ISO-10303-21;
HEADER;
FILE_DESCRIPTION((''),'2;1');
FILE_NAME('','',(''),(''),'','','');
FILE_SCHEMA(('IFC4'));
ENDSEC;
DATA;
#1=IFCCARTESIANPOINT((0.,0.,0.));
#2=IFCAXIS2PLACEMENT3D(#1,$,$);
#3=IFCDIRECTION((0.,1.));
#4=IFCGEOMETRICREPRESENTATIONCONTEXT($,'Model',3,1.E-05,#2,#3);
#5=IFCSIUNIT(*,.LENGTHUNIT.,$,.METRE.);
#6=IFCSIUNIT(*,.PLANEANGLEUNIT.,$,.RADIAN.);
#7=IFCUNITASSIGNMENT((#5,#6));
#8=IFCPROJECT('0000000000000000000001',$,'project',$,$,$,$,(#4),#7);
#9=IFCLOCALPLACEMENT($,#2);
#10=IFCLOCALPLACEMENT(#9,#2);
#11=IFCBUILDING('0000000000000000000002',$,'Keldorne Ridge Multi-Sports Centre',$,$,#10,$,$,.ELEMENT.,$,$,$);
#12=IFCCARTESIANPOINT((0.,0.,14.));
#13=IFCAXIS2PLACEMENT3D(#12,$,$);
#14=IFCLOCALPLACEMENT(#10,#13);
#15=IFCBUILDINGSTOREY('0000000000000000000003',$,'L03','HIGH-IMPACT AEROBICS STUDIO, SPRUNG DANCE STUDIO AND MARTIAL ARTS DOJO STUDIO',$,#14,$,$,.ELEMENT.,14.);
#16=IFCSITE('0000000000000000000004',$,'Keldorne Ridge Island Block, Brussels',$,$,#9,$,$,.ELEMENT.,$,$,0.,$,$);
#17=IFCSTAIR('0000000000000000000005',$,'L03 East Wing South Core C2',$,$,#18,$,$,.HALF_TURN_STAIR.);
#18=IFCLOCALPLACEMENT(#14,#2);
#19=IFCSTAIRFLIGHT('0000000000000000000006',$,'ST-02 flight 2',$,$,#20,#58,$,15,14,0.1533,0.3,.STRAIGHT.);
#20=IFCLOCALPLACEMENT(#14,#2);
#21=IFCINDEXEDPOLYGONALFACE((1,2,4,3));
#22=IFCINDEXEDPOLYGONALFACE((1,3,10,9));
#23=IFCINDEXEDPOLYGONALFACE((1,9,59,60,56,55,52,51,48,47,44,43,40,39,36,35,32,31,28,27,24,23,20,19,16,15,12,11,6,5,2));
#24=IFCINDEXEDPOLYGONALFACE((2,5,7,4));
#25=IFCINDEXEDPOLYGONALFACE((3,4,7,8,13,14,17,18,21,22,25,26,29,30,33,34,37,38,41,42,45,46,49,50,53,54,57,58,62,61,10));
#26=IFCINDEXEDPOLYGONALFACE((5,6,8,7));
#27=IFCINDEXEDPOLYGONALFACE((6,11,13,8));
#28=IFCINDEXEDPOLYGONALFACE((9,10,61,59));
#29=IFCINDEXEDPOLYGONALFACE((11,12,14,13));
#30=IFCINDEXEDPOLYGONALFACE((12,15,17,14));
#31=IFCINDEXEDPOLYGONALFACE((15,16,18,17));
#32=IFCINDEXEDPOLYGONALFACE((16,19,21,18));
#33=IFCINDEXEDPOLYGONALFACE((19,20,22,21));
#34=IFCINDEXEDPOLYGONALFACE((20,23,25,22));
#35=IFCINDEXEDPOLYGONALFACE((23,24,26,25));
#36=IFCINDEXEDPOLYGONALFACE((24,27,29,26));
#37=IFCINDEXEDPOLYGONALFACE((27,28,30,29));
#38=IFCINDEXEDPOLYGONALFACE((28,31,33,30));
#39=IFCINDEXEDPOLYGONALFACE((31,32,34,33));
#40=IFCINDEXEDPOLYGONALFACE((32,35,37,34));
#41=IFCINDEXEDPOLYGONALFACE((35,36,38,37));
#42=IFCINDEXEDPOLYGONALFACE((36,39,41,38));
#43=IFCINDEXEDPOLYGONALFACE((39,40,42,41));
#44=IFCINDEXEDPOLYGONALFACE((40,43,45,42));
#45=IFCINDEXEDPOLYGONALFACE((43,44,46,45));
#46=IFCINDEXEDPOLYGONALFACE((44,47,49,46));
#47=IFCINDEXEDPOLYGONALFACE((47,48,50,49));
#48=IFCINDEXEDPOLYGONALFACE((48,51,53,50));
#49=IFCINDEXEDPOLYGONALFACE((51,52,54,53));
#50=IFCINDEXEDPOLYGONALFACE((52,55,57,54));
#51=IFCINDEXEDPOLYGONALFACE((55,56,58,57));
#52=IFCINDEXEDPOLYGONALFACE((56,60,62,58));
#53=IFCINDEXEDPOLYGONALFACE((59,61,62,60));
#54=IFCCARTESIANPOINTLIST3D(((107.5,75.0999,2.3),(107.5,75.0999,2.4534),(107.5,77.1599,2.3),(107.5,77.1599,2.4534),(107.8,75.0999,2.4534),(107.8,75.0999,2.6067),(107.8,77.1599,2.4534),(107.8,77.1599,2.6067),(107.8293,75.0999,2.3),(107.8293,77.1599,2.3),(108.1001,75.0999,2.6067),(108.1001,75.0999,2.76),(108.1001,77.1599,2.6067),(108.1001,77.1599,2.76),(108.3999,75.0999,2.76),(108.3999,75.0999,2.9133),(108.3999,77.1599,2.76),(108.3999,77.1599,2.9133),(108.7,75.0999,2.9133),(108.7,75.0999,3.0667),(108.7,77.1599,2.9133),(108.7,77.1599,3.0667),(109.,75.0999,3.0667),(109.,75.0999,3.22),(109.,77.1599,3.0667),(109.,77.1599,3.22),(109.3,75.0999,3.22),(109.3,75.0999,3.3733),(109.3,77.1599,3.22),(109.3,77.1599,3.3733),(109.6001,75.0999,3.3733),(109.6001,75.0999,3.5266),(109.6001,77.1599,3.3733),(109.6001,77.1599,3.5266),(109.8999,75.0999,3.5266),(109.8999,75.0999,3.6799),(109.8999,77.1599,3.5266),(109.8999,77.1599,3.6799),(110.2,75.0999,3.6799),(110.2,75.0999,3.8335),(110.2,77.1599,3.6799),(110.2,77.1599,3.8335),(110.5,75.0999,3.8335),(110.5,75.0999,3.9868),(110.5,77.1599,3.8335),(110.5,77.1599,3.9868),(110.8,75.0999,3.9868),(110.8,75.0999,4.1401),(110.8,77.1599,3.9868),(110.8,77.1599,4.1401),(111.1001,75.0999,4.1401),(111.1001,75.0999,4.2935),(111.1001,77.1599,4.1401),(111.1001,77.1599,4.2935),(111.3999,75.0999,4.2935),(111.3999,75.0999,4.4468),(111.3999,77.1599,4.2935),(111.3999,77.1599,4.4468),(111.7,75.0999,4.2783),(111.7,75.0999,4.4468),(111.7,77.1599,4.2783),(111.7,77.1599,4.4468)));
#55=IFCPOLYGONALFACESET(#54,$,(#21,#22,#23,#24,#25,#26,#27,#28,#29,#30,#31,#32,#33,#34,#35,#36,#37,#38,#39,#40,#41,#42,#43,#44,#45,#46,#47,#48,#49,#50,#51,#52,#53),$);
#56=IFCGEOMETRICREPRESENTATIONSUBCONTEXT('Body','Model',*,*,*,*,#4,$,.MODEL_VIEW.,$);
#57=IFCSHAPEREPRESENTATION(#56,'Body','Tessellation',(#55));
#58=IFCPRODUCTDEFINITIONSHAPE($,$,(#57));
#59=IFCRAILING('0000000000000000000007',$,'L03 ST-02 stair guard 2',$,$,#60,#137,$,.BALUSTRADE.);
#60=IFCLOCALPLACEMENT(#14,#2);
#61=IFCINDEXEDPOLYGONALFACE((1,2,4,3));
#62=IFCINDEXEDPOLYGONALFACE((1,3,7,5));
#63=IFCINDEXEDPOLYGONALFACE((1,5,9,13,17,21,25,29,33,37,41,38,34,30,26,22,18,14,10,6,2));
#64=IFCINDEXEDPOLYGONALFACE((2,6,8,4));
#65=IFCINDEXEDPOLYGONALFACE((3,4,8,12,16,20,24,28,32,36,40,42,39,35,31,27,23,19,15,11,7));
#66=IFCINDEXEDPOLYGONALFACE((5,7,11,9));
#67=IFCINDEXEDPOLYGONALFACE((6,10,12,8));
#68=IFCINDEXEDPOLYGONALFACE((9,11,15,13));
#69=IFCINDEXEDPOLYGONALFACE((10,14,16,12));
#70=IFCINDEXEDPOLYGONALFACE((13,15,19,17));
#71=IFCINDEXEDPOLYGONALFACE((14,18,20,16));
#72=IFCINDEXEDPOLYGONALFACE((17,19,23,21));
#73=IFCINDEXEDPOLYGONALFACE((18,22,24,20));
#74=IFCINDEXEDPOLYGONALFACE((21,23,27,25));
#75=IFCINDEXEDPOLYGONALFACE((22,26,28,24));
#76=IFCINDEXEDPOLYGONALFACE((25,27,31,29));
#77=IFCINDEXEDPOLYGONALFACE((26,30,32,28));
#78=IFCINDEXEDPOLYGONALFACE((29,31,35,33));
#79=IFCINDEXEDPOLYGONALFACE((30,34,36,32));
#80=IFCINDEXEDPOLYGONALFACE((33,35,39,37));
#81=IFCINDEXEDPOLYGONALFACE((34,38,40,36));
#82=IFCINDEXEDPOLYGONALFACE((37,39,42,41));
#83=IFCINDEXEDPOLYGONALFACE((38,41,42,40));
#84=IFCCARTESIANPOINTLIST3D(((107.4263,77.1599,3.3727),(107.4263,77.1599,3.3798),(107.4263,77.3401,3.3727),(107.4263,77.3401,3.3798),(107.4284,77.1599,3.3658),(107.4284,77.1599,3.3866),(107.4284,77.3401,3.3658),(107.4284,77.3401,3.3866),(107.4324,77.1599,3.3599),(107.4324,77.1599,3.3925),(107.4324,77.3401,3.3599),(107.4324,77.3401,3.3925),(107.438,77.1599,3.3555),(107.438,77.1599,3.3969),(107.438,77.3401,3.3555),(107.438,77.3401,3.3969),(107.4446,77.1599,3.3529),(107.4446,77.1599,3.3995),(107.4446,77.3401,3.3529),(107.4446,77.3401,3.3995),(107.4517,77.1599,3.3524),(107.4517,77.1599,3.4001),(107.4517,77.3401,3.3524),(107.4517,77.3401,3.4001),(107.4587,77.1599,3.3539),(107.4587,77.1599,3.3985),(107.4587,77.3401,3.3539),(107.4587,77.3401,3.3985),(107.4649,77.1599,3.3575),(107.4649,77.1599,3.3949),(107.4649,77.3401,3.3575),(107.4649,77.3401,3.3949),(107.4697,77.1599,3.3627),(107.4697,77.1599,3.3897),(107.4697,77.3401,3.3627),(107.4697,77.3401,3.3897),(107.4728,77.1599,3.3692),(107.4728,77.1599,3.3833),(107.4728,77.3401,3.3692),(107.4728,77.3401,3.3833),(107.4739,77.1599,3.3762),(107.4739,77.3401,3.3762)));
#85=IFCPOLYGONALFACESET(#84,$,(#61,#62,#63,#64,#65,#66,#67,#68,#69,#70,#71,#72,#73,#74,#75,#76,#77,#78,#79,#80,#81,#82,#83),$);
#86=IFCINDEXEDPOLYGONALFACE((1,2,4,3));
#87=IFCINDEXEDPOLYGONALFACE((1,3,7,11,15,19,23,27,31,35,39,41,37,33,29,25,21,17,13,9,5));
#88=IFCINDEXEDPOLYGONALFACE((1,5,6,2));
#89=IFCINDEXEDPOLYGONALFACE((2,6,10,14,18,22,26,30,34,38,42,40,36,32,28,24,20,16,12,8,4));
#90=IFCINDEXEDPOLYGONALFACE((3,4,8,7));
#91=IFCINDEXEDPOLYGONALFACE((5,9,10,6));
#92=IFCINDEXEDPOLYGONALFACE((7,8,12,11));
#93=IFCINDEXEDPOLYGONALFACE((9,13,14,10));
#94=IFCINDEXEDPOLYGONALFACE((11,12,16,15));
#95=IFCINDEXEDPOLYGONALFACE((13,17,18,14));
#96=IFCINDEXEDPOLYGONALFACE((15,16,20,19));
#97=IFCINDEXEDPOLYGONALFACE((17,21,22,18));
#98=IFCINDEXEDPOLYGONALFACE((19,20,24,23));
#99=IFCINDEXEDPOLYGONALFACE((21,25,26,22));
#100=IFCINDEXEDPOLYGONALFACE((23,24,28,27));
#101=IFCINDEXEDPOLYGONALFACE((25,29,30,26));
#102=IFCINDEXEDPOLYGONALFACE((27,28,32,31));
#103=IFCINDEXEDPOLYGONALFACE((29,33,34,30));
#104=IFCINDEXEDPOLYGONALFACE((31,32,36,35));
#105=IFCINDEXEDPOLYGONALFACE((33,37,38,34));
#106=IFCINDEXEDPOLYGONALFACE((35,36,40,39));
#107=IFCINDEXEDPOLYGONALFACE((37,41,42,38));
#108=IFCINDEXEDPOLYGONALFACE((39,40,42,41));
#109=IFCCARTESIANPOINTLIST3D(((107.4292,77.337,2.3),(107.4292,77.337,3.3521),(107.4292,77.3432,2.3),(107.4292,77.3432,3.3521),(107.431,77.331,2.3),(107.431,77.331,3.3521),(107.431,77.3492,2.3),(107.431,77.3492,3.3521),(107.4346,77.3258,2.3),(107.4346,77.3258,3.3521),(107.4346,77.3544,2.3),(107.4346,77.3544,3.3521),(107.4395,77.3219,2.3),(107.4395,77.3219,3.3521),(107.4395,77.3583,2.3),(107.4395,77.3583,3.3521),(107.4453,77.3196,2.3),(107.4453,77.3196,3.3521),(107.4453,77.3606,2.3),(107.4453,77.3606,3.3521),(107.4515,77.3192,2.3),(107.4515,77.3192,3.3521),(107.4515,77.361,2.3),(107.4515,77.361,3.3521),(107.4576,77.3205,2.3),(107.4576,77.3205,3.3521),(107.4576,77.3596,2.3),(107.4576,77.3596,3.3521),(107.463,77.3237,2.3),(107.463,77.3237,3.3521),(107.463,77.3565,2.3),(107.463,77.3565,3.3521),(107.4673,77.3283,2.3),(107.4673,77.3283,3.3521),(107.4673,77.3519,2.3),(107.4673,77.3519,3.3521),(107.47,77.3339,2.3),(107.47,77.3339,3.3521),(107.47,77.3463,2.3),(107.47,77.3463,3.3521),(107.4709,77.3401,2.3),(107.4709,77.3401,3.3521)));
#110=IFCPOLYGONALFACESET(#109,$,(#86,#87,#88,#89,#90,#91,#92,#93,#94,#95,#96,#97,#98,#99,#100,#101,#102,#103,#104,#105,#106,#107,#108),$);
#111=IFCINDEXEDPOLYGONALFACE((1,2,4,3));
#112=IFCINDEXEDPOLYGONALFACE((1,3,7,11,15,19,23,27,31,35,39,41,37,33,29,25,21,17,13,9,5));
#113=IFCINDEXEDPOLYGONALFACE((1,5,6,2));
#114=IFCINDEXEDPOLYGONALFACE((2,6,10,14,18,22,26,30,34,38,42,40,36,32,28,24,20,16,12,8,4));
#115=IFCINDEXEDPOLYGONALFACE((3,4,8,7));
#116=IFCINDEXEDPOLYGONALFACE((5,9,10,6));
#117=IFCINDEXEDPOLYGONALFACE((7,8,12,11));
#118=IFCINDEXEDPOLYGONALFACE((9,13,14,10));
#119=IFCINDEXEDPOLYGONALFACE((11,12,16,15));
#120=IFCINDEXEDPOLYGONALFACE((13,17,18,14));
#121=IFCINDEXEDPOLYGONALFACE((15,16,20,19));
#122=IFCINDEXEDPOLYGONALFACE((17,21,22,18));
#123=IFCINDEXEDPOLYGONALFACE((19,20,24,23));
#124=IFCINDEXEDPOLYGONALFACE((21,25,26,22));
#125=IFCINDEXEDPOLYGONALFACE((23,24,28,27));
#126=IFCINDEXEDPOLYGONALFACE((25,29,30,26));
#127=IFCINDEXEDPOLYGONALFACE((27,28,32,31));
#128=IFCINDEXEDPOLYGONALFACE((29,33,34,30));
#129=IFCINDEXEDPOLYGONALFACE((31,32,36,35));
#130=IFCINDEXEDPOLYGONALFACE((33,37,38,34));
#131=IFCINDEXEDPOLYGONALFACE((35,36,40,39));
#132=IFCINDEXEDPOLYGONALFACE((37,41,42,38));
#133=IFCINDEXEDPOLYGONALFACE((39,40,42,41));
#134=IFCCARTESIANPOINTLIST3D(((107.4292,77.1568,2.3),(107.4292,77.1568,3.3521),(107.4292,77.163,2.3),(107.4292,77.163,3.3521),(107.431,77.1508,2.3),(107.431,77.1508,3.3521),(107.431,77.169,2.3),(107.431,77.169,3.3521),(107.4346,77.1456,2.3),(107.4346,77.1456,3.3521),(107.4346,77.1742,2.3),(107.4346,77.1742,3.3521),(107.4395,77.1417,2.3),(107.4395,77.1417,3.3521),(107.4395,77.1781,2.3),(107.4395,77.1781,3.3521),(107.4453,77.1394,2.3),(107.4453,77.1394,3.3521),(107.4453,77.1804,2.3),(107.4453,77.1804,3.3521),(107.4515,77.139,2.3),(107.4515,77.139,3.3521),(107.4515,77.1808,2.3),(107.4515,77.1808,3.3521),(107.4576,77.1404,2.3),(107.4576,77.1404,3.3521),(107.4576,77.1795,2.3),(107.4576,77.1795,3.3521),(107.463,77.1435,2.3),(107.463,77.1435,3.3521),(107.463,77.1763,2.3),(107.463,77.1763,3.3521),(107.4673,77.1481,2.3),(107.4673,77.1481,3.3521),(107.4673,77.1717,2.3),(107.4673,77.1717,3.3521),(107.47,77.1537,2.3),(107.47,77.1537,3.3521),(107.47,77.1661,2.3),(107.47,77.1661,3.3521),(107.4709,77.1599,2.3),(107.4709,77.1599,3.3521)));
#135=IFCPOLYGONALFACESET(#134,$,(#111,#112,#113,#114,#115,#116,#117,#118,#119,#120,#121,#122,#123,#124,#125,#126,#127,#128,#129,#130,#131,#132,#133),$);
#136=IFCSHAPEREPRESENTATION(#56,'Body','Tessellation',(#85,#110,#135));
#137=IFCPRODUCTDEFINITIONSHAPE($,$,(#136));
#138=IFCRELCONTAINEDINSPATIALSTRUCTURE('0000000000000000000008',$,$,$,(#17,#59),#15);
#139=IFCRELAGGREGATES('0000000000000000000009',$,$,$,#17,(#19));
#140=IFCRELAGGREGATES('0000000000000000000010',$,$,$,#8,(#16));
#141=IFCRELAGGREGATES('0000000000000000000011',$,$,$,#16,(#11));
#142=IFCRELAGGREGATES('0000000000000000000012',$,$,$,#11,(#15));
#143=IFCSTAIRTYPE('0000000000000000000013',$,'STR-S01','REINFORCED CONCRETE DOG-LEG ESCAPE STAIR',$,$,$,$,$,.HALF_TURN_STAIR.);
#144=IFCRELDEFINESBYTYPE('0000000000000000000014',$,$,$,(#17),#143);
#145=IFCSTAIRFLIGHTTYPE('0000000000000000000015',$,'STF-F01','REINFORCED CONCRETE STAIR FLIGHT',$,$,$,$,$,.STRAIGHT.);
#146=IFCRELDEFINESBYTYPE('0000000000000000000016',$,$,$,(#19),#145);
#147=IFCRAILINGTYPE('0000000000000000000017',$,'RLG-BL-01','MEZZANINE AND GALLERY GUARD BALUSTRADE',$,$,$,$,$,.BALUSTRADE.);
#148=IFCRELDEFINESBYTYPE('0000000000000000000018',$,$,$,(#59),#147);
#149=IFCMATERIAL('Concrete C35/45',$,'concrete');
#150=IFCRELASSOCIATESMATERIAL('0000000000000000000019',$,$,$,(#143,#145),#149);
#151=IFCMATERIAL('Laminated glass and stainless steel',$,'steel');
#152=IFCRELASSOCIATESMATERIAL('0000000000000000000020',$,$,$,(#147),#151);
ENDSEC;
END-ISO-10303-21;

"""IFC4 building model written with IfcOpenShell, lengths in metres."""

from ifc_helpers import new_model, si_unit, direction, frame, origin, origin_2d, place, context, subcontext, project, spatial, polyline, circle, outline, extrude, material, type_object, element, aggregate, save


model = new_model("IFC4")

# Units and contexts
model_context = context("Model", 3, precision=1e-05, world=origin(), true_north=direction((0.0, 1.0)))
body_context = subcontext(model_context, "Body", "Model", "MODEL_VIEW")
ifc_project = project(units=[si_unit("LENGTHUNIT", "METRE"), si_unit("PLANEANGLEUNIT", "RADIAN")], contexts=[model_context])

# Site, building, storey
site_placement = place(None, origin())
site = spatial("IfcSite", under=ifc_project, at=site_placement, Name="Keldorne Ridge Island Block, Brussels", CompositionType="ELEMENT", RefElevation=0.0)
building_placement = place(site_placement, origin())
building = spatial("IfcBuilding", under=site, at=building_placement, Name="Keldorne Ridge Multi-Sports Centre", CompositionType="ELEMENT")
storey_placement = place(building_placement, frame((0.0, 0.0, 14.0)))
storey = spatial("IfcBuildingStorey", under=building, at=storey_placement, Name="L03", Description="HIGH-IMPACT AEROBICS STUDIO, SPRUNG DANCE STUDIO AND MARTIAL ARTS DOJO STUDIO", CompositionType="ELEMENT", Elevation=14.0)

# Stair, stair flight
ifc_material_1 = material(Name="Concrete C35/45", Category="concrete")
stair_type = type_object("IfcStairType", Name="STR-S01", Description="REINFORCED CONCRETE DOG-LEG ESCAPE STAIR", PredefinedType="HALF_TURN_STAIR", material=ifc_material_1)
stair_placement = place(storey_placement, origin())
stair = element("IfcStair", 1, at=stair_placement, inside=storey, type_object=stair_type, Name="L03 East Wing South Core C2", PredefinedType="HALF_TURN_STAIR")
stair_flight_type = type_object("IfcStairFlightType", Name="STF-F01", Description="REINFORCED CONCRETE STAIR FLIGHT", PredefinedType="STRAIGHT", material=ifc_material_1)
stair_flight_placement = place(storey_placement, frame((107.5, 76.1299, 2.3), z_axis=(0.0, 0.0, 1.0), x_axis=(1.0, 0.0, 0.0)))
stair_flight = element("IfcStairFlight", 2, at=stair_flight_placement, type_object=stair_flight_type, Name="ST-02 flight 2", NumberOfRisers=15, NumberOfTreads=14, PredefinedType="STRAIGHT", RiserHeight=0.1533, TreadLength=0.3, context=body_context, shape_type="SweptSolid", body=[
    extrude(outline(polyline([(0.0, 0.0), (0.0, 0.1533), (0.3, 0.1533), (0.3, 0.3066), (0.6001, 0.3066), (0.6001, 0.46), (0.8999, 0.46), (0.8999, 0.6133), (1.2, 0.6133), (1.2, 0.7666), (1.5, 0.7666), (1.5, 0.9199), (1.8, 0.9199), (1.8, 1.0732), (2.1001, 1.0732), (2.1001, 1.2266), (2.3999, 1.2266), (2.3999, 1.3799), (2.7, 1.3799), (2.7, 1.5334), (3.0, 1.5334), (3.0, 1.6868), (3.3, 1.6868), (3.3, 1.8401), (3.6001, 1.8401), (3.6001, 1.9934), (3.8999, 1.9934), (3.8999, 2.1467), (4.2, 2.1467), (4.2, 2.3), (4.2, 1.9783), (0.3293, 0.0), (0.0, 0.0)])), frame((0.0, 1.03, 0.0), z_axis=(0.0, -1.0, 0.0), x_axis=(1.0, 0.0, 0.0)), (0.0, 0.0, 1.0), 2.0601),
])
aggregate(stair, [stair_flight])

# Railing
ifc_material_2 = material(Name="Laminated glass and stainless steel", Category="steel")
railing_type_1 = type_object("IfcRailingType", Name="RLG-BL-01", Description="MEZZANINE AND GALLERY GUARD BALUSTRADE", PredefinedType="BALUSTRADE", material=ifc_material_2)
railing_1_placement = place(storey_placement, frame((107.45, 77.3401, 2.3)))
element("IfcRailing", 3, at=railing_1_placement, inside=storey, type_object=railing_type_1, Name="L03 ST-02 stair guard 2", PredefinedType="BALUSTRADE", context=body_context, shape_type="SweptSolid", body=[
    extrude(circle(Radius=0.0239, at=origin_2d()), frame((0.0, 0.0, 1.0762), z_axis=(0.0, -1.0, 0.0), x_axis=(1.0, 0.0, 0.0)), (0.0, 0.0, 1.0), 0.1802),
    extrude(circle(Radius=0.021, at=origin_2d()), origin(), (0.0, 0.0, 1.0), 1.052),
    extrude(circle(Radius=0.021, at=origin_2d()), frame((0.0, -0.1802, 0.0)), (0.0, 0.0, 1.0), 1.052),
])

save(model, "model.ifc")
